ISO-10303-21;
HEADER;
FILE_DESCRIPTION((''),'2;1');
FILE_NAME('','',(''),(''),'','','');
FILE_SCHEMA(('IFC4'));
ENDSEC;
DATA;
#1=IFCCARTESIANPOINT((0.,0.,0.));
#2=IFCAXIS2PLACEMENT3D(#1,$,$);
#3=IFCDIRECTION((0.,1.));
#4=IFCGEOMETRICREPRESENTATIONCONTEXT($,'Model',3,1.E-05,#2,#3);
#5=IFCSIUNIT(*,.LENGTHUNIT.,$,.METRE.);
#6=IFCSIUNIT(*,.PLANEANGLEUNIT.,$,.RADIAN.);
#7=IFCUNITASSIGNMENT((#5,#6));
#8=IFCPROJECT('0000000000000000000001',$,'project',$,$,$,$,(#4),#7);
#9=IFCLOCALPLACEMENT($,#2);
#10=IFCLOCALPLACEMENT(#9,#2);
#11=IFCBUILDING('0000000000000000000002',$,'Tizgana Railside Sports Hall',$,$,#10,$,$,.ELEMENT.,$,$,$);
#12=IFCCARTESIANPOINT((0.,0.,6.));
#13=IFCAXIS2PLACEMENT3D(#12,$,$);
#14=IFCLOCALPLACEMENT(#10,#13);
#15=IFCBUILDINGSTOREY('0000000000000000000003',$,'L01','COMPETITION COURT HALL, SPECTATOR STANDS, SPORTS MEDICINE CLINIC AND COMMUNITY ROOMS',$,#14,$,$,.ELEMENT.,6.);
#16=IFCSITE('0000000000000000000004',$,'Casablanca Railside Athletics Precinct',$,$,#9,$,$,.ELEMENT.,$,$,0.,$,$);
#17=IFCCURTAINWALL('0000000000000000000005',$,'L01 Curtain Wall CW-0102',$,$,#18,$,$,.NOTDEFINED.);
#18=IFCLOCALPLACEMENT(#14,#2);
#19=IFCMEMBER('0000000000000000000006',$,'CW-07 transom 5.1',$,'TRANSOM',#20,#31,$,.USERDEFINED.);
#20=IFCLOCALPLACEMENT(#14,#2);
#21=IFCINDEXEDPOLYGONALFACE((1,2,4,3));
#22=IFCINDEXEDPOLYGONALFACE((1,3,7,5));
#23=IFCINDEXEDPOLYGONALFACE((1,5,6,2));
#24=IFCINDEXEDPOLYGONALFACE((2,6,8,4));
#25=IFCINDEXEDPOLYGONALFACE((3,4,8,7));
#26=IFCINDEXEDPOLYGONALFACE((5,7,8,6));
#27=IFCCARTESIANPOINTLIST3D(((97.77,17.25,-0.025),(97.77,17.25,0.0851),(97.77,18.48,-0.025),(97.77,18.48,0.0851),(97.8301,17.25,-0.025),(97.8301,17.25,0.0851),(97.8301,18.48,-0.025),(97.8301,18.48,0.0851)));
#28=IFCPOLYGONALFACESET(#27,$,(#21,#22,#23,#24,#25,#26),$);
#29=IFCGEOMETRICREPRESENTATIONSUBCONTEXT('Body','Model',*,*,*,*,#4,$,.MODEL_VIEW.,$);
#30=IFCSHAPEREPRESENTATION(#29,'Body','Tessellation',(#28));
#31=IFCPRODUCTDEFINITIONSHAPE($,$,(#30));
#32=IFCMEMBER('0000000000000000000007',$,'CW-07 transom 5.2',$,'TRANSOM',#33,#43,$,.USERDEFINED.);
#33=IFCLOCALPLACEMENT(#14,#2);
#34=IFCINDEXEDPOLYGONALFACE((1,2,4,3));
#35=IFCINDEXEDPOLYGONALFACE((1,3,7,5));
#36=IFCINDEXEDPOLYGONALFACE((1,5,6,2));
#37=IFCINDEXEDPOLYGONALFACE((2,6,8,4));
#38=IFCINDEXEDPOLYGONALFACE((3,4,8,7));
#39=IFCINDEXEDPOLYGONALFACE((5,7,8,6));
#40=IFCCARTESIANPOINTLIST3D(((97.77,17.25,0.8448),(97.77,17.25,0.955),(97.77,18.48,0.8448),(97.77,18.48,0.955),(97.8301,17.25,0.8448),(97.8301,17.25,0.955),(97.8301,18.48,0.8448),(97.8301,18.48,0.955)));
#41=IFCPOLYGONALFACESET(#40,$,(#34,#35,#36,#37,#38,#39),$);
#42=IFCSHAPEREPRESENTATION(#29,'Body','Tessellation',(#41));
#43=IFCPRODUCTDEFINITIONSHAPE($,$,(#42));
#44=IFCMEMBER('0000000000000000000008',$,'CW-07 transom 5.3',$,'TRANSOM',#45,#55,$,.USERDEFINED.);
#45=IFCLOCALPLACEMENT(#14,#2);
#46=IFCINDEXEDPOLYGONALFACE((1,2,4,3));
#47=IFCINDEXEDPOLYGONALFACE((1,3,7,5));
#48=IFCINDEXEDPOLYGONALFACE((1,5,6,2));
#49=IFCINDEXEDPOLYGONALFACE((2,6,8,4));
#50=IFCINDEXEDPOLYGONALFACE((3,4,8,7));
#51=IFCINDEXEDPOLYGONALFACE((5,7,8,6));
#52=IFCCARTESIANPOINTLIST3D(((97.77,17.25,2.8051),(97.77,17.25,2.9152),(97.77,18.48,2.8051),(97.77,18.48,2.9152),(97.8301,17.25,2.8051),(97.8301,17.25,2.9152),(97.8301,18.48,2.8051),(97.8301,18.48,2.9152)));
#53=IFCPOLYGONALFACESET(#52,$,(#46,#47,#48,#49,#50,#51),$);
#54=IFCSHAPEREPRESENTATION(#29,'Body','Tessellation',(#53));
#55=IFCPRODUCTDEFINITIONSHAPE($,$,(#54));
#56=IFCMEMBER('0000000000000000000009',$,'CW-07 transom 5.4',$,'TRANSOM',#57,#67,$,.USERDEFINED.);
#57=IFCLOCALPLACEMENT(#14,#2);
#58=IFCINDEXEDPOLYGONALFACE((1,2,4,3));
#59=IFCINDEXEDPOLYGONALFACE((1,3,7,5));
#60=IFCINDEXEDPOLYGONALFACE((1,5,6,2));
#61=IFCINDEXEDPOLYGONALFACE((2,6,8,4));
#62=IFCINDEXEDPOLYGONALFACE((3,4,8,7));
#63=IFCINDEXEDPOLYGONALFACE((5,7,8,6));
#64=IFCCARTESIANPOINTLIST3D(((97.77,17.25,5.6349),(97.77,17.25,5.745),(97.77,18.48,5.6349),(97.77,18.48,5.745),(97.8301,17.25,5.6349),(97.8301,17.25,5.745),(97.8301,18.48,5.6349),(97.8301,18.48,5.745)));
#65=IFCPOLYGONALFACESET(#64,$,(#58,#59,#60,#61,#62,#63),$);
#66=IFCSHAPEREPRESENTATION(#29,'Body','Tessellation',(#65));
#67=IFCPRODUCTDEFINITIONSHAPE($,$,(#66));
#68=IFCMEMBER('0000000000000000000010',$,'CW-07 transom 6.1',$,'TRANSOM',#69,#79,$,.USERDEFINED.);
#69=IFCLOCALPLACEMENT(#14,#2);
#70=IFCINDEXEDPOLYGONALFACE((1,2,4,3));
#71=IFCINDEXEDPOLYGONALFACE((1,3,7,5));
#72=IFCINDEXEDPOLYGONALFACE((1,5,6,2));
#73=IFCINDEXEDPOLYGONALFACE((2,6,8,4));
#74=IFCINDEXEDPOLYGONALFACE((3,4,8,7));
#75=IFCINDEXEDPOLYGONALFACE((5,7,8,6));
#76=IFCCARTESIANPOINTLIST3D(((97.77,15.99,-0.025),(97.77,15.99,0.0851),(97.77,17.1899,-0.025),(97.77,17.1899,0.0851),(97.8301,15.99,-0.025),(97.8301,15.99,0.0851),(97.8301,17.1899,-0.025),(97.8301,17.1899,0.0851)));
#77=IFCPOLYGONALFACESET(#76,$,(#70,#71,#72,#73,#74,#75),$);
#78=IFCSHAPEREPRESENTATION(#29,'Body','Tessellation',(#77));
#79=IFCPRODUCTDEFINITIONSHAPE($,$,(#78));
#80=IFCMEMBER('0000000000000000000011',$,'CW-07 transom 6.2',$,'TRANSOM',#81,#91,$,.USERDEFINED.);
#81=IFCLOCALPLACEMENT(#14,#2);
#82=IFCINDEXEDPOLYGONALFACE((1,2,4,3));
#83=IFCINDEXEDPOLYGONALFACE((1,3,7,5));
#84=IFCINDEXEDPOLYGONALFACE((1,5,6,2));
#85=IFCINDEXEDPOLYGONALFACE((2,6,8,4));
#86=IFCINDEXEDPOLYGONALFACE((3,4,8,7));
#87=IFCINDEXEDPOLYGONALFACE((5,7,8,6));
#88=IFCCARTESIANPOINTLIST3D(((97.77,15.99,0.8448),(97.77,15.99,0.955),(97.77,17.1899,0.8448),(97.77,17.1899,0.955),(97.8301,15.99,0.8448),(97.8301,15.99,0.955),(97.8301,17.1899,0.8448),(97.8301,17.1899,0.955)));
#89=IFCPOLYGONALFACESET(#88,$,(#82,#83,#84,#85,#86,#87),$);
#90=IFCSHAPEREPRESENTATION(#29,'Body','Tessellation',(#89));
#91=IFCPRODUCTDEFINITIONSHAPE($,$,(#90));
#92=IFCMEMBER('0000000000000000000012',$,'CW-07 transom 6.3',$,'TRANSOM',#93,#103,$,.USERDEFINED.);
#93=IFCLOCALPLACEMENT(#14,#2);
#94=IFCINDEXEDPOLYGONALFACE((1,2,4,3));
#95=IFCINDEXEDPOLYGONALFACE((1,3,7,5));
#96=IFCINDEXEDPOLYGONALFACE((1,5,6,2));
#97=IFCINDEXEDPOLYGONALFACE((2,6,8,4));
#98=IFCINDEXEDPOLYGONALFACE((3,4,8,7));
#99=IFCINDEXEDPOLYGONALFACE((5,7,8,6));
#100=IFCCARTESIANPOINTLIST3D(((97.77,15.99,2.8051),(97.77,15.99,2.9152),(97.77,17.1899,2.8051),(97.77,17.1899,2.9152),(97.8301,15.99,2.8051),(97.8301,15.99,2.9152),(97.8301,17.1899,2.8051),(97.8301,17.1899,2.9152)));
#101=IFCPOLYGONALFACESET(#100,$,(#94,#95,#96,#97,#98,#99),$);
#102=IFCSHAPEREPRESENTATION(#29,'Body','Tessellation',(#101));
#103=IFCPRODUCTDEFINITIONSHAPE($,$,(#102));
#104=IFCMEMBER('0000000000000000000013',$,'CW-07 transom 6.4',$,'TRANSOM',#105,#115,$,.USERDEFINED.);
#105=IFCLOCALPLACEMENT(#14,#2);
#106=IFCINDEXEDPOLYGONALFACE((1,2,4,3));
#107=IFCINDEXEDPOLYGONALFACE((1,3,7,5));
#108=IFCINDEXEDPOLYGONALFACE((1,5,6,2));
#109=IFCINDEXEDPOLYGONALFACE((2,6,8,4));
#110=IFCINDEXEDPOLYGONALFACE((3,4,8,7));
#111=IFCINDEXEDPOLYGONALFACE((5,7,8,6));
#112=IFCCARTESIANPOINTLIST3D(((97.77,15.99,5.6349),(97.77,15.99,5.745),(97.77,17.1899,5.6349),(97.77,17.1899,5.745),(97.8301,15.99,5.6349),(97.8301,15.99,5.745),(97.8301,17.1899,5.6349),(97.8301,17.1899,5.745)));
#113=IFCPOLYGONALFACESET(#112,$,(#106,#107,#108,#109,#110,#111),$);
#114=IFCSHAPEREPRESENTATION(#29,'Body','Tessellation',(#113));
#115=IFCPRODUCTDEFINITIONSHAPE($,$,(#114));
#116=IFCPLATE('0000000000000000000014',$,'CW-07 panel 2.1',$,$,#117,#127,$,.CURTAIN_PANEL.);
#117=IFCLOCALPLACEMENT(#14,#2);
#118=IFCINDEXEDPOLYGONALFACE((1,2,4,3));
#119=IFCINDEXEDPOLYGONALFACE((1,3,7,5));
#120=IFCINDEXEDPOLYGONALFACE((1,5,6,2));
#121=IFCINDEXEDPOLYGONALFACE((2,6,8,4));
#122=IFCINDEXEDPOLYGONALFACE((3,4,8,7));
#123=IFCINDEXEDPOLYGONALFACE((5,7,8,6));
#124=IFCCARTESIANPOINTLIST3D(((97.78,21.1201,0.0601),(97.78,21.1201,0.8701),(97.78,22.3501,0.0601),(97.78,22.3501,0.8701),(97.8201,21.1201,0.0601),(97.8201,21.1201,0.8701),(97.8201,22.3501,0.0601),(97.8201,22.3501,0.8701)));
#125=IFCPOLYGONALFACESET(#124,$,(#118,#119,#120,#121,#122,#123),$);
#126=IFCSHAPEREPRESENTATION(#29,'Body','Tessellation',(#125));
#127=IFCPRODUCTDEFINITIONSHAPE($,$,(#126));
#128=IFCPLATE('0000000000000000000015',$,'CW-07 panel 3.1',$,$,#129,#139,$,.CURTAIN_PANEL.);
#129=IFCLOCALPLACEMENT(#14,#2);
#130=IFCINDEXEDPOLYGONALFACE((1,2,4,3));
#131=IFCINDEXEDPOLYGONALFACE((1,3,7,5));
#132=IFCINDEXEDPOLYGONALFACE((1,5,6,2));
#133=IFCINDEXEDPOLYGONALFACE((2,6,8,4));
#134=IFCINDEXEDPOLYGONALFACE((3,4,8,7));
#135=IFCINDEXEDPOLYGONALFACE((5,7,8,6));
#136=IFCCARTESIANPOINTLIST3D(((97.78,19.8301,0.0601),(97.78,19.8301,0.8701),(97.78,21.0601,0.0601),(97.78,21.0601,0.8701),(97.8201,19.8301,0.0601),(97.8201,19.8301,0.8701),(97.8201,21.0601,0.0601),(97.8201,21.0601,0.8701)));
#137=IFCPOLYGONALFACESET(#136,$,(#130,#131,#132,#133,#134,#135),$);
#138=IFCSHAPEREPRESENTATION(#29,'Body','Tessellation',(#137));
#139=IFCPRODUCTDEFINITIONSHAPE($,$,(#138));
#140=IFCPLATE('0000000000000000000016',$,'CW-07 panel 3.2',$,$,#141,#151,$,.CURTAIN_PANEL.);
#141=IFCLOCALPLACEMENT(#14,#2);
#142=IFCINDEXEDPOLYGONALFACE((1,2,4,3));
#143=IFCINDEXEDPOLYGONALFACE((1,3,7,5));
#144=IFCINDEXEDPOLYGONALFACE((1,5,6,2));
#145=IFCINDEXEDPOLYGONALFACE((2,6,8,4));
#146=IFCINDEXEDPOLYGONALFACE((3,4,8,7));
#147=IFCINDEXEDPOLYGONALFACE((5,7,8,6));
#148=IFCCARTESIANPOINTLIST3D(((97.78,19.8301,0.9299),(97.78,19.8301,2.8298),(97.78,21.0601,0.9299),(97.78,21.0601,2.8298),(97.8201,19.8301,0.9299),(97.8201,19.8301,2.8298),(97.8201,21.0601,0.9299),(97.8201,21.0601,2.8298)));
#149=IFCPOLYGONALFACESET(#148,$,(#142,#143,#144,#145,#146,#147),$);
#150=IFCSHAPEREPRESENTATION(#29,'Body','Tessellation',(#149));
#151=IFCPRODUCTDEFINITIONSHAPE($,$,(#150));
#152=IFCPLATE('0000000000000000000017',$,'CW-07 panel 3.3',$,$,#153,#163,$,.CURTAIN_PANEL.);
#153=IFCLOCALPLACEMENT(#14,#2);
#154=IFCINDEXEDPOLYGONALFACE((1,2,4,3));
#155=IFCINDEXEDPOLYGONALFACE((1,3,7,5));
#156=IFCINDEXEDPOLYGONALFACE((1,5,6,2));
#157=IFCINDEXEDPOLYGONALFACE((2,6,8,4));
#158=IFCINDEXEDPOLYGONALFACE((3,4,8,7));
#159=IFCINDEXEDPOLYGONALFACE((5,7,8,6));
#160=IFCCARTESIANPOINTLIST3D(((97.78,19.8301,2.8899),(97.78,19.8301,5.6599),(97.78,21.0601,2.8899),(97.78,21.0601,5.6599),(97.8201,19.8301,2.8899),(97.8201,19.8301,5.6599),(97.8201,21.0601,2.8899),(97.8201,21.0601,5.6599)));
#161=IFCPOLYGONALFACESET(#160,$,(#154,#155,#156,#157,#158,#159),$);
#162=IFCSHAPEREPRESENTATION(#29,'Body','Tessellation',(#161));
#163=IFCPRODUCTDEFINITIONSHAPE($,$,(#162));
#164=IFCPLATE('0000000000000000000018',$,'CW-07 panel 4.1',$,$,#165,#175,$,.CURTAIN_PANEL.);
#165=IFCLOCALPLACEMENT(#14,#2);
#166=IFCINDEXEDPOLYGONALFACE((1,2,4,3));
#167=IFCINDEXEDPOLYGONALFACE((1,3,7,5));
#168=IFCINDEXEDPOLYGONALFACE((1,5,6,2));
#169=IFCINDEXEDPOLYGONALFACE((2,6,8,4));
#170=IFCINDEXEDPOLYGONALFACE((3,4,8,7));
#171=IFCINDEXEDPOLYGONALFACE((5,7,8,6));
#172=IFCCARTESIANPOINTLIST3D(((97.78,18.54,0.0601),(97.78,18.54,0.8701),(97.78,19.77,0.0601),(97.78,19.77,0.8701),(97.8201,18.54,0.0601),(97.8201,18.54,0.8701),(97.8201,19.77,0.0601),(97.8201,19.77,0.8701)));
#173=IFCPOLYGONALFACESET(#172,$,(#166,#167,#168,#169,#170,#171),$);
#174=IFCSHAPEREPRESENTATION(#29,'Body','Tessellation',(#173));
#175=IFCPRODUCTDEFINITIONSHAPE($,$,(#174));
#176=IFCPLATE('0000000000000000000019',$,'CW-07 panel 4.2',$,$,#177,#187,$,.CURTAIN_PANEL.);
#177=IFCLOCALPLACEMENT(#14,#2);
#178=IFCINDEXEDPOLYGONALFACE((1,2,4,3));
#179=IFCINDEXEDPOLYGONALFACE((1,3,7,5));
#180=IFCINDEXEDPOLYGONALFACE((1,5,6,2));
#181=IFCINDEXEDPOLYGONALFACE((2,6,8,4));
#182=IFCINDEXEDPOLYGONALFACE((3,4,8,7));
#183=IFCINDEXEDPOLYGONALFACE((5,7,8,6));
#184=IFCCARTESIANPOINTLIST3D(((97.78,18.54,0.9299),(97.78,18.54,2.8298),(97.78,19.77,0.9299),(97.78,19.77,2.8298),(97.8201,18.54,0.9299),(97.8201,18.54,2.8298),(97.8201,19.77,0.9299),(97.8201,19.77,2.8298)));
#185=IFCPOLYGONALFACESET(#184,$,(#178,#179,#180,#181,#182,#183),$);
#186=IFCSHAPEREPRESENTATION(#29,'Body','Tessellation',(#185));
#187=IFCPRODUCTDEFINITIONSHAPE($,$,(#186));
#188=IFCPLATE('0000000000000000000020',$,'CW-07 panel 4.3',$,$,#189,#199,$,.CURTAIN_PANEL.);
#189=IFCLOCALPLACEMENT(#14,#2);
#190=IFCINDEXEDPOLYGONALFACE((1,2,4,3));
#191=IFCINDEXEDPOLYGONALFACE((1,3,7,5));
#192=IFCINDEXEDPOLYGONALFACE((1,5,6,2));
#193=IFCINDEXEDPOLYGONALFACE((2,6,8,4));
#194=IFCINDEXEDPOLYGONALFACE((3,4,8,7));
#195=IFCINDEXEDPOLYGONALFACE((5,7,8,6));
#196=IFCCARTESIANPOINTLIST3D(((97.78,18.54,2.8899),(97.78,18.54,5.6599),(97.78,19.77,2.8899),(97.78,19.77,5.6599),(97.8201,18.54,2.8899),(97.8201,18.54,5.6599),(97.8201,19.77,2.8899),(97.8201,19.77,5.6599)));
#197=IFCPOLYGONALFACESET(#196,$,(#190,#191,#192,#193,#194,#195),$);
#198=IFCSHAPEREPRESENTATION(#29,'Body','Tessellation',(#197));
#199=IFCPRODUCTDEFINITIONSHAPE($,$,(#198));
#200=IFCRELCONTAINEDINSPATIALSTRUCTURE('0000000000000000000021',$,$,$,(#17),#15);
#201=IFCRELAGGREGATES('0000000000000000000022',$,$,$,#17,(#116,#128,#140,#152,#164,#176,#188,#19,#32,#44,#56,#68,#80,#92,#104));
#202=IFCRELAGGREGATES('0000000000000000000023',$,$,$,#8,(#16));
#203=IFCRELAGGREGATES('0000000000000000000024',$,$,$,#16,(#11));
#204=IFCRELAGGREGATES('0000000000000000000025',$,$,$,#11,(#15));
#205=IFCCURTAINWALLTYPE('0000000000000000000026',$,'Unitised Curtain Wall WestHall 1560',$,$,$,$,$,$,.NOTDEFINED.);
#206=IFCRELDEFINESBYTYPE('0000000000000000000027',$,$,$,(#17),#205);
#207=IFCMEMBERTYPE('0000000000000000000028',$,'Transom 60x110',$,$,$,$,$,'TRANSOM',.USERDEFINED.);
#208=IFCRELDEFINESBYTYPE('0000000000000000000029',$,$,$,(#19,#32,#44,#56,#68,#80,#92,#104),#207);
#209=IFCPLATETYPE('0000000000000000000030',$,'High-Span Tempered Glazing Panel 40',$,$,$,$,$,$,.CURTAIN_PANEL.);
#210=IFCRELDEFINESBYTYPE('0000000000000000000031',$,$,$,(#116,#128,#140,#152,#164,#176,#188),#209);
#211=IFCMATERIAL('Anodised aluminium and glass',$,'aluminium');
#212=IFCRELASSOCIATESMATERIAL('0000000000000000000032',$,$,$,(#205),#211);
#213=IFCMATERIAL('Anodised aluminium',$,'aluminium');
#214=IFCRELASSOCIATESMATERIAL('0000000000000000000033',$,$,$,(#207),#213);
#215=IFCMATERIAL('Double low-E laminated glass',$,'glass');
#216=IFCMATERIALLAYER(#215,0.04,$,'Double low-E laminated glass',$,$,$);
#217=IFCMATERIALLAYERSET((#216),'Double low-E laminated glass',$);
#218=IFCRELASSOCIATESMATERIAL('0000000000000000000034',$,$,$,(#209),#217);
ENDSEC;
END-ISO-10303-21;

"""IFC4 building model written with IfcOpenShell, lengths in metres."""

from ifc_helpers import new_model, si_unit, direction, frame, origin, origin_2d, place, context, subcontext, project, spatial, rectangle, extrude, material, layer, layer_set, material_profile, profile_set, type_object, element, aggregate, save


model = new_model("IFC4")

# Units and contexts
model_context = context("Model", 3, precision=1e-05, world=origin(), true_north=direction((0.0, 1.0)))
body_context = subcontext(model_context, "Body", "Model", "MODEL_VIEW")
ifc_project = project(units=[si_unit("LENGTHUNIT", "METRE"), si_unit("PLANEANGLEUNIT", "RADIAN")], contexts=[model_context])

# Site, building, storey
site_placement = place(None, origin())
site = spatial("IfcSite", under=ifc_project, at=site_placement, Name="Casablanca Railside Athletics Precinct", CompositionType="ELEMENT", RefElevation=0.0)
building_placement = place(site_placement, origin())
building = spatial("IfcBuilding", under=site, at=building_placement, Name="Tizgana Railside Sports Hall", CompositionType="ELEMENT")
storey_placement = place(building_placement, frame((0.0, 0.0, 6.0)))
storey = spatial("IfcBuildingStorey", under=building, at=storey_placement, Name="L01", Description="COMPETITION COURT HALL, SPECTATOR STANDS, SPORTS MEDICINE CLINIC AND COMMUNITY ROOMS", CompositionType="ELEMENT", Elevation=6.0)

# Curtain wall
ifc_material_1 = material(Name="Anodised aluminium and glass", Category="aluminium")
curtain_wall_type = type_object("IfcCurtainWallType", Name="Unitised Curtain Wall WestHall 1560", PredefinedType="NOTDEFINED", material=ifc_material_1)
curtain_wall_placement = place(storey_placement, origin())
curtain_wall = element("IfcCurtainWall", 1, at=curtain_wall_placement, inside=storey, type_object=curtain_wall_type, Name="L01 Curtain Wall CW-0102", PredefinedType="NOTDEFINED")
ifc_material_2 = material(Name="Anodised aluminium", Category="aluminium")

# Members
ifc_material_profile_1 = material_profile(ifc_material_2, rectangle(XDim=0.0601, YDim=0.1101, at=origin_2d()), Name="Transom 60x110")
ifc_profile_set_1 = profile_set([ifc_material_profile_1], Name="Anodised aluminium")
member_type_1 = type_object("IfcMemberType", Name="Transom 60x110", ElementType="TRANSOM", PredefinedType="USERDEFINED", material=ifc_profile_set_1)
member_1_placement = place(storey_placement, frame((97.8, 18.48, 0.03), z_axis=(0.0, -1.0, 0.0), x_axis=(1.0, 0.0, 0.0)))
member_1 = element("IfcMember", 2, at=member_1_placement, type_object=member_type_1, Name="CW-07 transom 5.1", ObjectType="TRANSOM", PredefinedType="USERDEFINED", context=body_context, shape_type="SweptSolid", body=[
    extrude(rectangle(XDim=0.0601, YDim=0.1101, at=origin_2d()), origin(), (0.0, 0.0, 1.0), 1.23),
])
member_2_placement = place(storey_placement, frame((97.8, 18.48, 0.8999), z_axis=(0.0, -1.0, 0.0), x_axis=(1.0, 0.0, 0.0)))
member_2 = element("IfcMember", 3, at=member_2_placement, type_object=member_type_1, Name="CW-07 transom 5.2", ObjectType="TRANSOM", PredefinedType="USERDEFINED", context=body_context, shape_type="SweptSolid", body=[
    extrude(rectangle(XDim=0.0601, YDim=0.1101, at=origin_2d()), origin(), (0.0, 0.0, 1.0), 1.23),
])
member_3_placement = place(storey_placement, frame((97.8, 18.48, 2.8601), z_axis=(0.0, -1.0, 0.0), x_axis=(1.0, 0.0, 0.0)))
member_3 = element("IfcMember", 4, at=member_3_placement, type_object=member_type_1, Name="CW-07 transom 5.3", ObjectType="TRANSOM", PredefinedType="USERDEFINED", context=body_context, shape_type="SweptSolid", body=[
    extrude(rectangle(XDim=0.0601, YDim=0.1101, at=origin_2d()), origin(), (0.0, 0.0, 1.0), 1.23),
])
member_4_placement = place(storey_placement, frame((97.8, 18.48, 5.6899), z_axis=(0.0, -1.0, 0.0), x_axis=(1.0, 0.0, 0.0)))
member_4 = element("IfcMember", 5, at=member_4_placement, type_object=member_type_1, Name="CW-07 transom 5.4", ObjectType="TRANSOM", PredefinedType="USERDEFINED", context=body_context, shape_type="SweptSolid", body=[
    extrude(rectangle(XDim=0.0601, YDim=0.1101, at=origin_2d()), origin(), (0.0, 0.0, 1.0), 1.23),
])
member_5_placement = place(storey_placement, frame((97.8, 17.1899, 0.03), z_axis=(0.0, -1.0, 0.0), x_axis=(1.0, 0.0, 0.0)))
member_5 = element("IfcMember", 6, at=member_5_placement, type_object=member_type_1, Name="CW-07 transom 6.1", ObjectType="TRANSOM", PredefinedType="USERDEFINED", context=body_context, shape_type="SweptSolid", body=[
    extrude(rectangle(XDim=0.0601, YDim=0.1101, at=origin_2d()), origin(), (0.0, 0.0, 1.0), 1.2),
])
member_6_placement = place(storey_placement, frame((97.8, 17.1899, 0.8999), z_axis=(0.0, -1.0, 0.0), x_axis=(1.0, 0.0, 0.0)))
member_6 = element("IfcMember", 7, at=member_6_placement, type_object=member_type_1, Name="CW-07 transom 6.2", ObjectType="TRANSOM", PredefinedType="USERDEFINED", context=body_context, shape_type="SweptSolid", body=[
    extrude(rectangle(XDim=0.0601, YDim=0.1101, at=origin_2d()), origin(), (0.0, 0.0, 1.0), 1.2),
])
member_7_placement = place(storey_placement, frame((97.8, 17.1899, 2.8601), z_axis=(0.0, -1.0, 0.0), x_axis=(1.0, 0.0, 0.0)))
member_7 = element("IfcMember", 8, at=member_7_placement, type_object=member_type_1, Name="CW-07 transom 6.3", ObjectType="TRANSOM", PredefinedType="USERDEFINED", context=body_context, shape_type="SweptSolid", body=[
    extrude(rectangle(XDim=0.0601, YDim=0.1101, at=origin_2d()), origin(), (0.0, 0.0, 1.0), 1.2),
])
member_8_placement = place(storey_placement, frame((97.8, 17.1899, 5.6899), z_axis=(0.0, -1.0, 0.0), x_axis=(1.0, 0.0, 0.0)))
member_8 = element("IfcMember", 9, at=member_8_placement, type_object=member_type_1, Name="CW-07 transom 6.4", ObjectType="TRANSOM", PredefinedType="USERDEFINED", context=body_context, shape_type="SweptSolid", body=[
    extrude(rectangle(XDim=0.0601, YDim=0.1101, at=origin_2d()), origin(), (0.0, 0.0, 1.0), 1.2),
])

# Plates
ifc_material_3 = material(Name="Double low-E laminated glass", Category="glass")
ifc_layer = layer(ifc_material_3, 0.04, Name="Double low-E laminated glass")
ifc_layer_set = layer_set([ifc_layer], Name="Double low-E laminated glass")
plate_type = type_object("IfcPlateType", Name="High-Span Tempered Glazing Panel 40", PredefinedType="CURTAIN_PANEL", material=ifc_layer_set)
plate_1_placement = place(storey_placement, frame((97.8, 21.7351, 0.0601), z_axis=(0.0, 0.0, 1.0), x_axis=(0.0, -1.0, 0.0)))
plate_1 = element("IfcPlate", 10, at=plate_1_placement, type_object=plate_type, Name="CW-07 panel 2.1", PredefinedType="CURTAIN_PANEL", context=body_context, shape_type="SweptSolid", body=[
    extrude(rectangle(XDim=1.23, YDim=0.04, at=origin_2d()), origin(), (0.0, 0.0, 1.0), 0.8101),
])
plate_2_placement = place(storey_placement, frame((97.8, 20.4451, 0.0601), z_axis=(0.0, 0.0, 1.0), x_axis=(0.0, -1.0, 0.0)))
plate_2 = element("IfcPlate", 11, at=plate_2_placement, type_object=plate_type, Name="CW-07 panel 3.1", PredefinedType="CURTAIN_PANEL", context=body_context, shape_type="SweptSolid", body=[
    extrude(rectangle(XDim=1.23, YDim=0.04, at=origin_2d()), origin(), (0.0, 0.0, 1.0), 0.8101),
])
plate_3_placement = place(storey_placement, frame((97.8, 20.4451, 0.9299), z_axis=(0.0, 0.0, 1.0), x_axis=(0.0, -1.0, 0.0)))
plate_3 = element("IfcPlate", 12, at=plate_3_placement, type_object=plate_type, Name="CW-07 panel 3.2", PredefinedType="CURTAIN_PANEL", context=body_context, shape_type="SweptSolid", body=[
    extrude(rectangle(XDim=1.23, YDim=0.04, at=origin_2d()), origin(), (0.0, 0.0, 1.0), 1.8999),
])
plate_4_placement = place(storey_placement, frame((97.8, 20.4451, 2.8899), z_axis=(0.0, 0.0, 1.0), x_axis=(0.0, -1.0, 0.0)))
plate_4 = element("IfcPlate", 13, at=plate_4_placement, type_object=plate_type, Name="CW-07 panel 3.3", PredefinedType="CURTAIN_PANEL", context=body_context, shape_type="SweptSolid", body=[
    extrude(rectangle(XDim=1.23, YDim=0.04, at=origin_2d()), origin(), (0.0, 0.0, 1.0), 2.77),
])
plate_5_placement = place(storey_placement, frame((97.8, 19.155, 0.0601), z_axis=(0.0, 0.0, 1.0), x_axis=(0.0, -1.0, 0.0)))
plate_5 = element("IfcPlate", 14, at=plate_5_placement, type_object=plate_type, Name="CW-07 panel 4.1", PredefinedType="CURTAIN_PANEL", context=body_context, shape_type="SweptSolid", body=[
    extrude(rectangle(XDim=1.23, YDim=0.04, at=origin_2d()), origin(), (0.0, 0.0, 1.0), 0.8101),
])
plate_6_placement = place(storey_placement, frame((97.8, 19.155, 0.9299), z_axis=(0.0, 0.0, 1.0), x_axis=(0.0, -1.0, 0.0)))
plate_6 = element("IfcPlate", 15, at=plate_6_placement, type_object=plate_type, Name="CW-07 panel 4.2", PredefinedType="CURTAIN_PANEL", context=body_context, shape_type="SweptSolid", body=[
    extrude(rectangle(XDim=1.23, YDim=0.04, at=origin_2d()), origin(), (0.0, 0.0, 1.0), 1.8999),
])
plate_7_placement = place(storey_placement, frame((97.8, 19.155, 2.8899), z_axis=(0.0, 0.0, 1.0), x_axis=(0.0, -1.0, 0.0)))
plate_7 = element("IfcPlate", 16, at=plate_7_placement, type_object=plate_type, Name="CW-07 panel 4.3", PredefinedType="CURTAIN_PANEL", context=body_context, shape_type="SweptSolid", body=[
    extrude(rectangle(XDim=1.23, YDim=0.04, at=origin_2d()), origin(), (0.0, 0.0, 1.0), 2.77),
])
aggregate(curtain_wall, [plate_1, plate_2, plate_3, plate_4, plate_5, plate_6, plate_7, member_1, member_2, member_3, member_4, member_5, member_6, member_7, member_8])

save(model, "model.ifc")
